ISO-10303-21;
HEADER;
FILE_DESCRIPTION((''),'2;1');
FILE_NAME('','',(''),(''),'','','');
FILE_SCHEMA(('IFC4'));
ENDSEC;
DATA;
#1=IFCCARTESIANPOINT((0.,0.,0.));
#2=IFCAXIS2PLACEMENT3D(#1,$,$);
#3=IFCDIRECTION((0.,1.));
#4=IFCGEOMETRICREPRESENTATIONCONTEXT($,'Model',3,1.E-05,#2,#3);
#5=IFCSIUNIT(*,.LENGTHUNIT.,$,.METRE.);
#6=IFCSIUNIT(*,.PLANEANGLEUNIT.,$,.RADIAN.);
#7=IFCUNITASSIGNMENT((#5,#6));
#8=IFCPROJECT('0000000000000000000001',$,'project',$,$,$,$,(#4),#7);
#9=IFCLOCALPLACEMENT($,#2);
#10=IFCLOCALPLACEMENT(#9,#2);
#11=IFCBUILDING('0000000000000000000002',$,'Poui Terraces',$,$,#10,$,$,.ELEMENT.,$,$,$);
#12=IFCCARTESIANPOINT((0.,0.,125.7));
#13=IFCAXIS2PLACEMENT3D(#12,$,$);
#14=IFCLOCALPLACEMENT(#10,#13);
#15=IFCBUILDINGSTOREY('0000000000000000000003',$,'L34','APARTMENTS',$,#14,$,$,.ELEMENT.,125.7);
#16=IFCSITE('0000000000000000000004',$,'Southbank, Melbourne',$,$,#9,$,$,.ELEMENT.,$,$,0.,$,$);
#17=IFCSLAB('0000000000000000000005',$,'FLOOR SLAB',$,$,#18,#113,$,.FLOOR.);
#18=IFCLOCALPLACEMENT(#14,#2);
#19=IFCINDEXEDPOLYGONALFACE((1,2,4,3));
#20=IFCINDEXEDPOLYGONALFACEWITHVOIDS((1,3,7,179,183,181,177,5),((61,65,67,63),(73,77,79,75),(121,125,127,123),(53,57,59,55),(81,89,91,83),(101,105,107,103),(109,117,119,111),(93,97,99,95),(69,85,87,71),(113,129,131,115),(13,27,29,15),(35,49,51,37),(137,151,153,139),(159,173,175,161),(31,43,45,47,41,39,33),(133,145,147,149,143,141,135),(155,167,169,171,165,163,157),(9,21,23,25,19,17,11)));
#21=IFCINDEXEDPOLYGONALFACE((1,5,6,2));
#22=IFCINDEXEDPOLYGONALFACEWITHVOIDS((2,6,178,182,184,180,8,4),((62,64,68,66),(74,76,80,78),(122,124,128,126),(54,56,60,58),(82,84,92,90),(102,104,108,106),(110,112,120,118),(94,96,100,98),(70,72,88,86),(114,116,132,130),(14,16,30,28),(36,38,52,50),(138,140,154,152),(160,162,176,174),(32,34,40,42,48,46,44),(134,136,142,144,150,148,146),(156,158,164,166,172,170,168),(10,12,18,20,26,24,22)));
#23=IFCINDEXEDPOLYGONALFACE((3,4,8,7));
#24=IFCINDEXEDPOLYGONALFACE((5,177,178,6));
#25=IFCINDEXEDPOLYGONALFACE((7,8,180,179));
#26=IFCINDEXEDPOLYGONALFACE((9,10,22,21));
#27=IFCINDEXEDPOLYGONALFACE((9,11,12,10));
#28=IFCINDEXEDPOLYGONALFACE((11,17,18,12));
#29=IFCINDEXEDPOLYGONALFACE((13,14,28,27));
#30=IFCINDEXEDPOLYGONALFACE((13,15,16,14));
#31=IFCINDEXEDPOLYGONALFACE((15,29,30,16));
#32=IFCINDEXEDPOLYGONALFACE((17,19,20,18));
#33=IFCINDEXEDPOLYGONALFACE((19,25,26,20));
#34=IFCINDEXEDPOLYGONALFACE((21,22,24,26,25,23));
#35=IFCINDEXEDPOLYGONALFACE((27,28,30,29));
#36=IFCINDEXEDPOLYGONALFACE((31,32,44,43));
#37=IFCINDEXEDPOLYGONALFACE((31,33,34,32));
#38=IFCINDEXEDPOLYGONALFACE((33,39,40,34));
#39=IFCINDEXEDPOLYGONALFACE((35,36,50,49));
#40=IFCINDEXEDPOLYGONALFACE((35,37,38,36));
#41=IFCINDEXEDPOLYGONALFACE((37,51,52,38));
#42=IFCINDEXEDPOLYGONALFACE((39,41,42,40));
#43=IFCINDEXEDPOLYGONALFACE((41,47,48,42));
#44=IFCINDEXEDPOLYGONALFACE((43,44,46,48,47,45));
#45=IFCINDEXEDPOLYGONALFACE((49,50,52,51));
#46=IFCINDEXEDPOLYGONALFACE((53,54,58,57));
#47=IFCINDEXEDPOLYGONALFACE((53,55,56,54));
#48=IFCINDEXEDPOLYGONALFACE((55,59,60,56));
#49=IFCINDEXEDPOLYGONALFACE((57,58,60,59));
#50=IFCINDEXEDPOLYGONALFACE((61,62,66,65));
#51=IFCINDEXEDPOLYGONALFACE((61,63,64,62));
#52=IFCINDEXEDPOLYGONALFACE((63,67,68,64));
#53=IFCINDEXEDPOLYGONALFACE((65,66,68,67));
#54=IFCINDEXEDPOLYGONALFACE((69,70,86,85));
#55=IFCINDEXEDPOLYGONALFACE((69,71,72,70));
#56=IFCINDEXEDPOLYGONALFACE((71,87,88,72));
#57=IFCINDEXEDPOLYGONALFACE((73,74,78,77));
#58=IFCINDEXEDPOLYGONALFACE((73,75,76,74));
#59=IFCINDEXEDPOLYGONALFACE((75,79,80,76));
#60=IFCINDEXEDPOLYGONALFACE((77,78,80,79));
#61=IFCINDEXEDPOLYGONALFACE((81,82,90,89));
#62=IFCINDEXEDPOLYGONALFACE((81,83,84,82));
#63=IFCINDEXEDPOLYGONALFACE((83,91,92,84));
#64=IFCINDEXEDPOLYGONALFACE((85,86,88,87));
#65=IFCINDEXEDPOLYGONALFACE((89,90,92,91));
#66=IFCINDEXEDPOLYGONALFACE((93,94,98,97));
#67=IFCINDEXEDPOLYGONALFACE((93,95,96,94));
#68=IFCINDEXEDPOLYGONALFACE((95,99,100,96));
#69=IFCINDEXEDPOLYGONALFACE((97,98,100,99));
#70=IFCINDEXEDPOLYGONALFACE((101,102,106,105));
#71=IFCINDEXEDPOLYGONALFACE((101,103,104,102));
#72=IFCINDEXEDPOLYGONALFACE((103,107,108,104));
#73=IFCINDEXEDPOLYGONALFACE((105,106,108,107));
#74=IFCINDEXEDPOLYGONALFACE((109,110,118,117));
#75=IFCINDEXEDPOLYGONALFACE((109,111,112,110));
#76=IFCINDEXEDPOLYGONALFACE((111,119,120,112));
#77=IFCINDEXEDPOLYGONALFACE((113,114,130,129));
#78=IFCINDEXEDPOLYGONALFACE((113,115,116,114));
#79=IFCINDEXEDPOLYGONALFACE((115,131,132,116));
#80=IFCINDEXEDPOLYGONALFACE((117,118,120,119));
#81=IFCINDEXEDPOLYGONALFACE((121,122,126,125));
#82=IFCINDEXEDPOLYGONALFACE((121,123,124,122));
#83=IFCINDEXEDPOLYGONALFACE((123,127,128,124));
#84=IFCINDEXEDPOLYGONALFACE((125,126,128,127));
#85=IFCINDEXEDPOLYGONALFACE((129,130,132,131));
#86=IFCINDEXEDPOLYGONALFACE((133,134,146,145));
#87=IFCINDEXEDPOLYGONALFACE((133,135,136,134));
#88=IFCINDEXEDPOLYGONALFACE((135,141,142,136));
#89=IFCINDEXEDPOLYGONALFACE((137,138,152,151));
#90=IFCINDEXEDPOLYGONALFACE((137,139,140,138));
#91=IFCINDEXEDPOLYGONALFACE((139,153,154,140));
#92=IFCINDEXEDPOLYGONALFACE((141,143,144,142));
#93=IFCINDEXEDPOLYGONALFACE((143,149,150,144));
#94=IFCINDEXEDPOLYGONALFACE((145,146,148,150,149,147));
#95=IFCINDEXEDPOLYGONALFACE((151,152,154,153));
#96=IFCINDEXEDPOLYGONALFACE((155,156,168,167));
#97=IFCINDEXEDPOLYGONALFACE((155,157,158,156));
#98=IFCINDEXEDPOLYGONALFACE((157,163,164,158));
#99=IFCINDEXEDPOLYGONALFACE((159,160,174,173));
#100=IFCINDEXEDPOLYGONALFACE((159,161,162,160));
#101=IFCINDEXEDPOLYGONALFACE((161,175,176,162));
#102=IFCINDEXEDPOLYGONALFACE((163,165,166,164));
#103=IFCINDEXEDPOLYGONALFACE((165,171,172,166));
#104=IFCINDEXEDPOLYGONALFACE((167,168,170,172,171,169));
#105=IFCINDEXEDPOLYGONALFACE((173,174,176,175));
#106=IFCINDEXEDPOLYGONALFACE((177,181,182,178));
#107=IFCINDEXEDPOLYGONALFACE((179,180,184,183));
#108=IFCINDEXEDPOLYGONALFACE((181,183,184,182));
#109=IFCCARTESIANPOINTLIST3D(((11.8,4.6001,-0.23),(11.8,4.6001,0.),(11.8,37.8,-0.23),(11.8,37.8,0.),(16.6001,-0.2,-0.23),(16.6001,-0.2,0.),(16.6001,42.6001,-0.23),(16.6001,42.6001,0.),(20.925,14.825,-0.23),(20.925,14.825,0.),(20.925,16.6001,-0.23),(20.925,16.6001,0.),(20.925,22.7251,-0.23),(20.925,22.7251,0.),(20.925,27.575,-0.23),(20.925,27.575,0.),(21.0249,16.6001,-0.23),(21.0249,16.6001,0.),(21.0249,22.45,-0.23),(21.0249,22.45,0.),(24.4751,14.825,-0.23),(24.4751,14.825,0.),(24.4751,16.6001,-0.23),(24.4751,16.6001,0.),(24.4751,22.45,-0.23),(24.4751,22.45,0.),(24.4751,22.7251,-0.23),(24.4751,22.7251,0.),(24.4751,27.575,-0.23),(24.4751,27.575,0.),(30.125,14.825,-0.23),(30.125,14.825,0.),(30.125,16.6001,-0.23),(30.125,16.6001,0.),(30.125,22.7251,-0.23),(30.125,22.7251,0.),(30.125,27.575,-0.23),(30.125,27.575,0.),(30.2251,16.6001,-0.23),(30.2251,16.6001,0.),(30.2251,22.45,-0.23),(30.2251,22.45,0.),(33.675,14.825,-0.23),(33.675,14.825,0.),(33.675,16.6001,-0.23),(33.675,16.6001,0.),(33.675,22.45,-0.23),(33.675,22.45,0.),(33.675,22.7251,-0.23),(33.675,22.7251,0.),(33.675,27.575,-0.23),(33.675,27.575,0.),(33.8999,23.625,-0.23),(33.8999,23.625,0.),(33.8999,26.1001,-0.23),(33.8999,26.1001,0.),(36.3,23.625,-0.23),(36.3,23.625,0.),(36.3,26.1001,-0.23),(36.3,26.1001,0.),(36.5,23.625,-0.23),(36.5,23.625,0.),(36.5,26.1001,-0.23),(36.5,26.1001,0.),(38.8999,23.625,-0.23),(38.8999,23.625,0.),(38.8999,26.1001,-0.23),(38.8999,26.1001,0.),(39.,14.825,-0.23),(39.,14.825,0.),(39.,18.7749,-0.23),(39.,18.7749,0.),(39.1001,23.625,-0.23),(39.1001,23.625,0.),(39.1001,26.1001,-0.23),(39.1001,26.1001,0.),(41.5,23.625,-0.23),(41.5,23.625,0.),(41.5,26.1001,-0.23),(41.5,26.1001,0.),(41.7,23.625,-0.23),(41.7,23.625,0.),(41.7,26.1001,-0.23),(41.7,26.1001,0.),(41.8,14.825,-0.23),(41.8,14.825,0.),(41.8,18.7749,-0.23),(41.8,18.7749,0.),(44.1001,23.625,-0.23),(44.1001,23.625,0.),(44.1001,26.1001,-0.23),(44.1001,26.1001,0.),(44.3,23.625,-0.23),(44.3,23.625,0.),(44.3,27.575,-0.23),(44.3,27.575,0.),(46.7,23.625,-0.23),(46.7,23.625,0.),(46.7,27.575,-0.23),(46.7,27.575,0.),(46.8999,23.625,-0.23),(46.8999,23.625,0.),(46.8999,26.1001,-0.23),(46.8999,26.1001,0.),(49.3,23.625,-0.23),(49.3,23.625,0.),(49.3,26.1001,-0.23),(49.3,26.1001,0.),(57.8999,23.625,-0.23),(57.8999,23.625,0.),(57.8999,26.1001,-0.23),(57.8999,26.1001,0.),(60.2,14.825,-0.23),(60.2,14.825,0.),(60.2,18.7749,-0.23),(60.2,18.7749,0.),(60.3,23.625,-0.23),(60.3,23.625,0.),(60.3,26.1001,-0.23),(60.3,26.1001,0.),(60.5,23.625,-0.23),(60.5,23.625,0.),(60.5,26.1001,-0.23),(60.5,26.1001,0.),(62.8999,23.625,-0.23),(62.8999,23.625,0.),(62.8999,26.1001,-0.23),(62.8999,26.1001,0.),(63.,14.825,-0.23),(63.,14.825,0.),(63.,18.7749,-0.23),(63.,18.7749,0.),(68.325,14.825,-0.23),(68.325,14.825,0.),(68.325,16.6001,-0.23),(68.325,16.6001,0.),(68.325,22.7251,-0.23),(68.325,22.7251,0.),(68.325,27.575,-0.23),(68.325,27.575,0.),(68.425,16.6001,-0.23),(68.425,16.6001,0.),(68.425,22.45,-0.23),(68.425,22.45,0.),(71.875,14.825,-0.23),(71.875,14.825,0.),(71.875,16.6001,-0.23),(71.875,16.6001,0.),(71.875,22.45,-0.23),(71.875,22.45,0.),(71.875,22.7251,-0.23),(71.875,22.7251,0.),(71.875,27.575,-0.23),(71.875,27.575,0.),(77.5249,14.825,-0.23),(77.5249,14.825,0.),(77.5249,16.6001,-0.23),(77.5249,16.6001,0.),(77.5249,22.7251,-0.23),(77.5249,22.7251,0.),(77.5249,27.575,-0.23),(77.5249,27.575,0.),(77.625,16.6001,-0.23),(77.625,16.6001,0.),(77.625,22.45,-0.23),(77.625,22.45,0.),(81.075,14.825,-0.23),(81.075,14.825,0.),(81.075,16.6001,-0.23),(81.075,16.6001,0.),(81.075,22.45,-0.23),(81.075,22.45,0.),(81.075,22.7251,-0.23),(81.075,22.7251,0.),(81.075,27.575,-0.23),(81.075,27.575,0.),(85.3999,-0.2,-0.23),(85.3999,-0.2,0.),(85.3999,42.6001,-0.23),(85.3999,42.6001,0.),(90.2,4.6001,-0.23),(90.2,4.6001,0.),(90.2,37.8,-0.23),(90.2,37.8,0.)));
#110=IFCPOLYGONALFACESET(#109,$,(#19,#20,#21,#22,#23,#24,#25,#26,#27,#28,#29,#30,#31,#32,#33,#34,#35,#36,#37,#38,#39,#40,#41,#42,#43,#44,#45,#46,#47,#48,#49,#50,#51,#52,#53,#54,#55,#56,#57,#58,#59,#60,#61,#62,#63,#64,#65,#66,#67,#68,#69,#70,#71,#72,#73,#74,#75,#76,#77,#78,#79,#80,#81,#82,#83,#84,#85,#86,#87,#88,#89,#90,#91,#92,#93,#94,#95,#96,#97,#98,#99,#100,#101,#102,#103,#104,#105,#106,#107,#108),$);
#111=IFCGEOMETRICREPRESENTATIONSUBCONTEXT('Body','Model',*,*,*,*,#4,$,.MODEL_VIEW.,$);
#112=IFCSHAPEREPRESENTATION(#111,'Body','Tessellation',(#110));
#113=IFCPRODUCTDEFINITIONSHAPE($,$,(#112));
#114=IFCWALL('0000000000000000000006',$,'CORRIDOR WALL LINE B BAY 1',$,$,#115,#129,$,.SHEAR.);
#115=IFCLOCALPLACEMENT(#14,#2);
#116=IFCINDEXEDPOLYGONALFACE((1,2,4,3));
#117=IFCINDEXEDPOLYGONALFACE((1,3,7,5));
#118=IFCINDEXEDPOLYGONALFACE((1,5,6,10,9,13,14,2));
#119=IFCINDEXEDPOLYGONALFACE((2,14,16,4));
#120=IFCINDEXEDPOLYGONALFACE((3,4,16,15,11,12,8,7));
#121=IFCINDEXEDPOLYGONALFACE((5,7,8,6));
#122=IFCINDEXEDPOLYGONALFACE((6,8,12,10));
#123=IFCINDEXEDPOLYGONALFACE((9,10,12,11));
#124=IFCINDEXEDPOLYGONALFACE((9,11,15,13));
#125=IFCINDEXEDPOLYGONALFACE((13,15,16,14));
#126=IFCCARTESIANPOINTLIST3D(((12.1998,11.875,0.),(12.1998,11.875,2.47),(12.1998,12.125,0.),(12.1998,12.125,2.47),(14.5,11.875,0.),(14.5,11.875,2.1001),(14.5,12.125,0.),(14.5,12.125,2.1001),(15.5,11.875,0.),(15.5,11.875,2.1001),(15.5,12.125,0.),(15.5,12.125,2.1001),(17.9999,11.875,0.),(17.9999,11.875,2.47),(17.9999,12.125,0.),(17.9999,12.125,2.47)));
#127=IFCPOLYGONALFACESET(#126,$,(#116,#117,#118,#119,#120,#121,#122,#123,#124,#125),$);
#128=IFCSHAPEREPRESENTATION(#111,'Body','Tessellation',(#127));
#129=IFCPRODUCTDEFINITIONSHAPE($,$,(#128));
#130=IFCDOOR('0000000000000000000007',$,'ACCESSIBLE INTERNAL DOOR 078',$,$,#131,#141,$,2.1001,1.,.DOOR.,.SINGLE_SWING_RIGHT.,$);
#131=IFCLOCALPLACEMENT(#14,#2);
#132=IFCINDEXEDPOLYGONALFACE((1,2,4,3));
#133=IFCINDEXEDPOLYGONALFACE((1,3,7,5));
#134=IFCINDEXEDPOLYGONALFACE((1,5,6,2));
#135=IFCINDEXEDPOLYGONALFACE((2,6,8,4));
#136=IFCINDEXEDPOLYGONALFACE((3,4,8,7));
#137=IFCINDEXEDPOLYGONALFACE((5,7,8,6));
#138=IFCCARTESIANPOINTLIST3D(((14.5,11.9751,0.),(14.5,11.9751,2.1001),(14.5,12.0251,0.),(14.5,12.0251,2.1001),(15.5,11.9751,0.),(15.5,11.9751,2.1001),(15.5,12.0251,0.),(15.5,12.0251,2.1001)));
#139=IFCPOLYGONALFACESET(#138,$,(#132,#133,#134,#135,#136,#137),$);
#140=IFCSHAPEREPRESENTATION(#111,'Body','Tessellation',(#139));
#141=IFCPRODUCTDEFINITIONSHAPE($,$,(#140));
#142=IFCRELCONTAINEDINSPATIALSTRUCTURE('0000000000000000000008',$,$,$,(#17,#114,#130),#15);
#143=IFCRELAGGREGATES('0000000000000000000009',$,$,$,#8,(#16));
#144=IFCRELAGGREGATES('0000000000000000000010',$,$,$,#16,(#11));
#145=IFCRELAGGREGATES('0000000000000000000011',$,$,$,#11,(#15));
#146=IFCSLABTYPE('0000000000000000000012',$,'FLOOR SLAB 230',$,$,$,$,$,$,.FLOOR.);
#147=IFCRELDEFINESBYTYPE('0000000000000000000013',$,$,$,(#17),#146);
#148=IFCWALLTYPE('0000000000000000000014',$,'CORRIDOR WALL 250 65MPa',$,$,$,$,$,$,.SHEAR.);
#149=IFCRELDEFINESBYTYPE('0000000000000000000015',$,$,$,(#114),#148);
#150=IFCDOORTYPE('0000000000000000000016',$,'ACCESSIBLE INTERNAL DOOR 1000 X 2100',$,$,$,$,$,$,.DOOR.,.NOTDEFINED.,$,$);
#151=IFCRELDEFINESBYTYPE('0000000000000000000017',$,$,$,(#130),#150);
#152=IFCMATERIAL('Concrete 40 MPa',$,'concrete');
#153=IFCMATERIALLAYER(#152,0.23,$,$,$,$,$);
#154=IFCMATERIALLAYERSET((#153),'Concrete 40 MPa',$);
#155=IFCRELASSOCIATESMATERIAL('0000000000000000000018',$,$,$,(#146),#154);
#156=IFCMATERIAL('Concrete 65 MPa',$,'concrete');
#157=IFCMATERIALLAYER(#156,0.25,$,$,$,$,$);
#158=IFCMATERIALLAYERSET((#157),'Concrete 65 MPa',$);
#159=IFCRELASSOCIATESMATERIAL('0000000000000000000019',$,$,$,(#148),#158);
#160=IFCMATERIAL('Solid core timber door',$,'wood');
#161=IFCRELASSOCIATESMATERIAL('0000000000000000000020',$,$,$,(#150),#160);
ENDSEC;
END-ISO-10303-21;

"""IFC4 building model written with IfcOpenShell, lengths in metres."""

from ifc_helpers import new_model, si_unit, direction, frame, frame_2d, origin, place, context, subcontext, project, spatial, polyline, rectangle, outline, extrude, source, transform, mapped, material, layer, layer_set, type_object, element, fill, save


model = new_model("IFC4")

# Units and contexts
model_context = context("Model", 3, precision=1e-05, world=origin(), true_north=direction((0.0, 1.0)))
body_context = subcontext(model_context, "Body", "Model", "MODEL_VIEW")
ifc_project = project(units=[si_unit("LENGTHUNIT", "METRE"), si_unit("PLANEANGLEUNIT", "RADIAN")], contexts=[model_context])

# Site, building, storey
site_placement = place(None, origin())
site = spatial("IfcSite", under=ifc_project, at=site_placement, Name="Southbank, Melbourne", CompositionType="ELEMENT", RefElevation=0.0)
building_placement = place(site_placement, origin())
building = spatial("IfcBuilding", under=site, at=building_placement, Name="Poui Terraces", CompositionType="ELEMENT")
storey_placement = place(building_placement, frame((0.0, 0.0, 125.7)))
storey = spatial("IfcBuildingStorey", under=building, at=storey_placement, Name="L34", Description="APARTMENTS", CompositionType="ELEMENT", Elevation=125.7)

# Shared definitions
ifc_material_1 = material(Name="Concrete 65 MPa", Category="concrete")

# Slab
ifc_material_2 = material(Name="Concrete 40 MPa", Category="concrete")
ifc_layer_1 = layer(ifc_material_2, 0.23)
ifc_layer_set_1 = layer_set([ifc_layer_1], Name="Concrete 40 MPa")
slab_type_1 = type_object("IfcSlabType", Name="FLOOR SLAB 230", PredefinedType="FLOOR", material=ifc_layer_set_1)
shared_shape_1 = source(origin(), body_context, "Body", "SweptSolid", [
    extrude(outline(polyline([(0.0, 0.0), (4.8, -4.8), (73.5999, -4.8), (78.3999, 0.0), (78.3999, 33.2), (73.5999, 38.0), (4.8, 38.0), (0.0, 33.2), (0.0, 0.0)]), holes=[polyline([(27.2, 10.2249), (27.2, 14.1748), (30.0, 14.1748), (30.0, 10.2249), (27.2, 10.2249)]), polyline([(9.2249, 17.8499), (12.675, 17.8499), (12.675, 12.0), (12.675, 10.2249), (9.125, 10.2249), (9.125, 12.0), (9.2249, 12.0), (9.2249, 17.8499)]), polyline([(18.425, 17.8499), (21.875, 17.8499), (21.875, 12.0), (21.875, 10.2249), (18.325, 10.2249), (18.325, 12.0), (18.425, 12.0), (18.425, 17.8499)]), polyline([(22.0999, 19.0249), (22.0999, 21.5), (24.5, 21.5), (24.5, 19.0249), (22.0999, 19.0249)]), polyline([(24.7, 19.0249), (24.7, 21.5), (27.0999, 21.5), (27.0999, 19.0249), (24.7, 19.0249)]), polyline([(27.3, 19.0249), (27.3, 21.5), (29.7, 21.5), (29.7, 19.0249), (27.3, 19.0249)]), polyline([(29.8999, 19.0249), (29.8999, 21.5), (32.3, 21.5), (32.3, 19.0249), (29.8999, 19.0249)]), polyline([(9.125, 22.9749), (12.675, 22.9749), (12.675, 18.125), (9.125, 18.125), (9.125, 22.9749)]), polyline([(18.325, 22.9749), (21.875, 22.9749), (21.875, 18.125), (18.325, 18.125), (18.325, 22.9749)]), polyline([(48.3999, 10.2249), (48.3999, 14.1748), (51.2, 14.1748), (51.2, 10.2249), (48.3999, 10.2249)]), polyline([(56.625, 17.8499), (60.075, 17.8499), (60.075, 12.0), (60.075, 10.2249), (56.5249, 10.2249), (56.5249, 12.0), (56.625, 12.0), (56.625, 17.8499)]), polyline([(65.825, 17.8499), (69.2749, 17.8499), (69.2749, 12.0), (69.2749, 10.2249), (65.7249, 10.2249), (65.7249, 12.0), (65.825, 12.0), (65.825, 17.8499)]), polyline([(35.0999, 19.0249), (35.0999, 21.5), (37.5, 21.5), (37.5, 19.0249), (35.0999, 19.0249)]), polyline([(46.0999, 19.0249), (46.0999, 21.5), (48.5, 21.5), (48.5, 19.0249), (46.0999, 19.0249)]), polyline([(48.7, 19.0249), (48.7, 21.5), (51.0999, 21.5), (51.0999, 19.0249), (48.7, 19.0249)]), polyline([(56.5249, 18.125), (56.5249, 22.9749), (60.075, 22.9749), (60.075, 18.125), (56.5249, 18.125)]), polyline([(65.7249, 22.9749), (69.2749, 22.9749), (69.2749, 18.125), (65.7249, 18.125), (65.7249, 22.9749)]), polyline([(32.5, 22.9749), (34.8999, 22.9749), (34.8999, 19.0249), (32.5, 19.0249), (32.5, 22.9749)])]), origin(), (0.0, 0.0, 1.0), 0.23),
])
slab_1_placement = place(storey_placement, frame((11.8, 4.6001, -0.23)))
element("IfcSlab", 1, at=slab_1_placement, inside=storey, type_object=slab_type_1, Name="FLOOR SLAB", PredefinedType="FLOOR", context=body_context, shape_type="MappedRepresentation", body=[
    mapped(shared_shape_1, transform((0.0, 0.0, 0.0))),
])

# Wall, opening, door
ifc_layer_2 = layer(ifc_material_1, 0.25)
ifc_layer_set_2 = layer_set([ifc_layer_2], Name="Concrete 65 MPa")
wall_type_1 = type_object("IfcWallType", Name="CORRIDOR WALL 250 65MPa", PredefinedType="SHEAR", material=ifc_layer_set_2)
wall_1_placement = place(storey_placement, frame((12.2, 12.0, 0.0), z_axis=(0.0, 0.0, 1.0), x_axis=(1.0, 0.0, 0.0)))
wall_1 = element("IfcWall", 2, at=wall_1_placement, inside=storey, type_object=wall_type_1, Name="CORRIDOR WALL LINE B BAY 1", PredefinedType="SHEAR", context=body_context, shape_type="SweptSolid", body=[
    extrude(rectangle(XDim=5.8, YDim=0.25, at=frame_2d((2.8999, 0.0))), origin(), (0.0, 0.0, 1.0), 2.47),
])
opening_1_placement = place(wall_1_placement, frame((2.3, 0.0, 0.0)))
opening_1 = element("IfcOpeningElement", 3, at=opening_1_placement, cuts=wall_1, PredefinedType="OPENING", context=body_context, shape_type="SweptSolid", body=[
    extrude(rectangle(XDim=1.0, YDim=2.1001, at=frame_2d((0.5, 1.05))), frame((0.0, 0.135, 0.0), z_axis=(0.0, -1.0, 0.0), x_axis=(1.0, 0.0, 0.0)), (0.0, 0.0, 1.0), 0.27),
])
ifc_material_3 = material(Name="Solid core timber door", Category="wood")
door_type = type_object("IfcDoorType", Name="ACCESSIBLE INTERNAL DOOR 1000 X 2100", OperationType="NOTDEFINED", PredefinedType="DOOR", material=ifc_material_3)
door_placement = place(opening_1_placement, frame((1.0, 0.0, 0.0), z_axis=(0.0, 0.0, 1.0), x_axis=(-1.0, 0.0, 0.0)))
door = element("IfcDoor", 4, at=door_placement, inside=storey, type_object=door_type, Name="ACCESSIBLE INTERNAL DOOR 078", OperationType="SINGLE_SWING_RIGHT", OverallHeight=2.1001, OverallWidth=1.0, PredefinedType="DOOR", context=body_context, shape_type="SweptSolid", body=[
    extrude(rectangle(XDim=1.0, YDim=2.1001, at=frame_2d((0.5, 1.05))), frame((0.0, 0.0249, 0.0), z_axis=(0.0, -1.0, 0.0), x_axis=(1.0, 0.0, 0.0)), (0.0, 0.0, 1.0), 0.05),
])
fill(opening_1, door)

save(model, "model.ifc")
